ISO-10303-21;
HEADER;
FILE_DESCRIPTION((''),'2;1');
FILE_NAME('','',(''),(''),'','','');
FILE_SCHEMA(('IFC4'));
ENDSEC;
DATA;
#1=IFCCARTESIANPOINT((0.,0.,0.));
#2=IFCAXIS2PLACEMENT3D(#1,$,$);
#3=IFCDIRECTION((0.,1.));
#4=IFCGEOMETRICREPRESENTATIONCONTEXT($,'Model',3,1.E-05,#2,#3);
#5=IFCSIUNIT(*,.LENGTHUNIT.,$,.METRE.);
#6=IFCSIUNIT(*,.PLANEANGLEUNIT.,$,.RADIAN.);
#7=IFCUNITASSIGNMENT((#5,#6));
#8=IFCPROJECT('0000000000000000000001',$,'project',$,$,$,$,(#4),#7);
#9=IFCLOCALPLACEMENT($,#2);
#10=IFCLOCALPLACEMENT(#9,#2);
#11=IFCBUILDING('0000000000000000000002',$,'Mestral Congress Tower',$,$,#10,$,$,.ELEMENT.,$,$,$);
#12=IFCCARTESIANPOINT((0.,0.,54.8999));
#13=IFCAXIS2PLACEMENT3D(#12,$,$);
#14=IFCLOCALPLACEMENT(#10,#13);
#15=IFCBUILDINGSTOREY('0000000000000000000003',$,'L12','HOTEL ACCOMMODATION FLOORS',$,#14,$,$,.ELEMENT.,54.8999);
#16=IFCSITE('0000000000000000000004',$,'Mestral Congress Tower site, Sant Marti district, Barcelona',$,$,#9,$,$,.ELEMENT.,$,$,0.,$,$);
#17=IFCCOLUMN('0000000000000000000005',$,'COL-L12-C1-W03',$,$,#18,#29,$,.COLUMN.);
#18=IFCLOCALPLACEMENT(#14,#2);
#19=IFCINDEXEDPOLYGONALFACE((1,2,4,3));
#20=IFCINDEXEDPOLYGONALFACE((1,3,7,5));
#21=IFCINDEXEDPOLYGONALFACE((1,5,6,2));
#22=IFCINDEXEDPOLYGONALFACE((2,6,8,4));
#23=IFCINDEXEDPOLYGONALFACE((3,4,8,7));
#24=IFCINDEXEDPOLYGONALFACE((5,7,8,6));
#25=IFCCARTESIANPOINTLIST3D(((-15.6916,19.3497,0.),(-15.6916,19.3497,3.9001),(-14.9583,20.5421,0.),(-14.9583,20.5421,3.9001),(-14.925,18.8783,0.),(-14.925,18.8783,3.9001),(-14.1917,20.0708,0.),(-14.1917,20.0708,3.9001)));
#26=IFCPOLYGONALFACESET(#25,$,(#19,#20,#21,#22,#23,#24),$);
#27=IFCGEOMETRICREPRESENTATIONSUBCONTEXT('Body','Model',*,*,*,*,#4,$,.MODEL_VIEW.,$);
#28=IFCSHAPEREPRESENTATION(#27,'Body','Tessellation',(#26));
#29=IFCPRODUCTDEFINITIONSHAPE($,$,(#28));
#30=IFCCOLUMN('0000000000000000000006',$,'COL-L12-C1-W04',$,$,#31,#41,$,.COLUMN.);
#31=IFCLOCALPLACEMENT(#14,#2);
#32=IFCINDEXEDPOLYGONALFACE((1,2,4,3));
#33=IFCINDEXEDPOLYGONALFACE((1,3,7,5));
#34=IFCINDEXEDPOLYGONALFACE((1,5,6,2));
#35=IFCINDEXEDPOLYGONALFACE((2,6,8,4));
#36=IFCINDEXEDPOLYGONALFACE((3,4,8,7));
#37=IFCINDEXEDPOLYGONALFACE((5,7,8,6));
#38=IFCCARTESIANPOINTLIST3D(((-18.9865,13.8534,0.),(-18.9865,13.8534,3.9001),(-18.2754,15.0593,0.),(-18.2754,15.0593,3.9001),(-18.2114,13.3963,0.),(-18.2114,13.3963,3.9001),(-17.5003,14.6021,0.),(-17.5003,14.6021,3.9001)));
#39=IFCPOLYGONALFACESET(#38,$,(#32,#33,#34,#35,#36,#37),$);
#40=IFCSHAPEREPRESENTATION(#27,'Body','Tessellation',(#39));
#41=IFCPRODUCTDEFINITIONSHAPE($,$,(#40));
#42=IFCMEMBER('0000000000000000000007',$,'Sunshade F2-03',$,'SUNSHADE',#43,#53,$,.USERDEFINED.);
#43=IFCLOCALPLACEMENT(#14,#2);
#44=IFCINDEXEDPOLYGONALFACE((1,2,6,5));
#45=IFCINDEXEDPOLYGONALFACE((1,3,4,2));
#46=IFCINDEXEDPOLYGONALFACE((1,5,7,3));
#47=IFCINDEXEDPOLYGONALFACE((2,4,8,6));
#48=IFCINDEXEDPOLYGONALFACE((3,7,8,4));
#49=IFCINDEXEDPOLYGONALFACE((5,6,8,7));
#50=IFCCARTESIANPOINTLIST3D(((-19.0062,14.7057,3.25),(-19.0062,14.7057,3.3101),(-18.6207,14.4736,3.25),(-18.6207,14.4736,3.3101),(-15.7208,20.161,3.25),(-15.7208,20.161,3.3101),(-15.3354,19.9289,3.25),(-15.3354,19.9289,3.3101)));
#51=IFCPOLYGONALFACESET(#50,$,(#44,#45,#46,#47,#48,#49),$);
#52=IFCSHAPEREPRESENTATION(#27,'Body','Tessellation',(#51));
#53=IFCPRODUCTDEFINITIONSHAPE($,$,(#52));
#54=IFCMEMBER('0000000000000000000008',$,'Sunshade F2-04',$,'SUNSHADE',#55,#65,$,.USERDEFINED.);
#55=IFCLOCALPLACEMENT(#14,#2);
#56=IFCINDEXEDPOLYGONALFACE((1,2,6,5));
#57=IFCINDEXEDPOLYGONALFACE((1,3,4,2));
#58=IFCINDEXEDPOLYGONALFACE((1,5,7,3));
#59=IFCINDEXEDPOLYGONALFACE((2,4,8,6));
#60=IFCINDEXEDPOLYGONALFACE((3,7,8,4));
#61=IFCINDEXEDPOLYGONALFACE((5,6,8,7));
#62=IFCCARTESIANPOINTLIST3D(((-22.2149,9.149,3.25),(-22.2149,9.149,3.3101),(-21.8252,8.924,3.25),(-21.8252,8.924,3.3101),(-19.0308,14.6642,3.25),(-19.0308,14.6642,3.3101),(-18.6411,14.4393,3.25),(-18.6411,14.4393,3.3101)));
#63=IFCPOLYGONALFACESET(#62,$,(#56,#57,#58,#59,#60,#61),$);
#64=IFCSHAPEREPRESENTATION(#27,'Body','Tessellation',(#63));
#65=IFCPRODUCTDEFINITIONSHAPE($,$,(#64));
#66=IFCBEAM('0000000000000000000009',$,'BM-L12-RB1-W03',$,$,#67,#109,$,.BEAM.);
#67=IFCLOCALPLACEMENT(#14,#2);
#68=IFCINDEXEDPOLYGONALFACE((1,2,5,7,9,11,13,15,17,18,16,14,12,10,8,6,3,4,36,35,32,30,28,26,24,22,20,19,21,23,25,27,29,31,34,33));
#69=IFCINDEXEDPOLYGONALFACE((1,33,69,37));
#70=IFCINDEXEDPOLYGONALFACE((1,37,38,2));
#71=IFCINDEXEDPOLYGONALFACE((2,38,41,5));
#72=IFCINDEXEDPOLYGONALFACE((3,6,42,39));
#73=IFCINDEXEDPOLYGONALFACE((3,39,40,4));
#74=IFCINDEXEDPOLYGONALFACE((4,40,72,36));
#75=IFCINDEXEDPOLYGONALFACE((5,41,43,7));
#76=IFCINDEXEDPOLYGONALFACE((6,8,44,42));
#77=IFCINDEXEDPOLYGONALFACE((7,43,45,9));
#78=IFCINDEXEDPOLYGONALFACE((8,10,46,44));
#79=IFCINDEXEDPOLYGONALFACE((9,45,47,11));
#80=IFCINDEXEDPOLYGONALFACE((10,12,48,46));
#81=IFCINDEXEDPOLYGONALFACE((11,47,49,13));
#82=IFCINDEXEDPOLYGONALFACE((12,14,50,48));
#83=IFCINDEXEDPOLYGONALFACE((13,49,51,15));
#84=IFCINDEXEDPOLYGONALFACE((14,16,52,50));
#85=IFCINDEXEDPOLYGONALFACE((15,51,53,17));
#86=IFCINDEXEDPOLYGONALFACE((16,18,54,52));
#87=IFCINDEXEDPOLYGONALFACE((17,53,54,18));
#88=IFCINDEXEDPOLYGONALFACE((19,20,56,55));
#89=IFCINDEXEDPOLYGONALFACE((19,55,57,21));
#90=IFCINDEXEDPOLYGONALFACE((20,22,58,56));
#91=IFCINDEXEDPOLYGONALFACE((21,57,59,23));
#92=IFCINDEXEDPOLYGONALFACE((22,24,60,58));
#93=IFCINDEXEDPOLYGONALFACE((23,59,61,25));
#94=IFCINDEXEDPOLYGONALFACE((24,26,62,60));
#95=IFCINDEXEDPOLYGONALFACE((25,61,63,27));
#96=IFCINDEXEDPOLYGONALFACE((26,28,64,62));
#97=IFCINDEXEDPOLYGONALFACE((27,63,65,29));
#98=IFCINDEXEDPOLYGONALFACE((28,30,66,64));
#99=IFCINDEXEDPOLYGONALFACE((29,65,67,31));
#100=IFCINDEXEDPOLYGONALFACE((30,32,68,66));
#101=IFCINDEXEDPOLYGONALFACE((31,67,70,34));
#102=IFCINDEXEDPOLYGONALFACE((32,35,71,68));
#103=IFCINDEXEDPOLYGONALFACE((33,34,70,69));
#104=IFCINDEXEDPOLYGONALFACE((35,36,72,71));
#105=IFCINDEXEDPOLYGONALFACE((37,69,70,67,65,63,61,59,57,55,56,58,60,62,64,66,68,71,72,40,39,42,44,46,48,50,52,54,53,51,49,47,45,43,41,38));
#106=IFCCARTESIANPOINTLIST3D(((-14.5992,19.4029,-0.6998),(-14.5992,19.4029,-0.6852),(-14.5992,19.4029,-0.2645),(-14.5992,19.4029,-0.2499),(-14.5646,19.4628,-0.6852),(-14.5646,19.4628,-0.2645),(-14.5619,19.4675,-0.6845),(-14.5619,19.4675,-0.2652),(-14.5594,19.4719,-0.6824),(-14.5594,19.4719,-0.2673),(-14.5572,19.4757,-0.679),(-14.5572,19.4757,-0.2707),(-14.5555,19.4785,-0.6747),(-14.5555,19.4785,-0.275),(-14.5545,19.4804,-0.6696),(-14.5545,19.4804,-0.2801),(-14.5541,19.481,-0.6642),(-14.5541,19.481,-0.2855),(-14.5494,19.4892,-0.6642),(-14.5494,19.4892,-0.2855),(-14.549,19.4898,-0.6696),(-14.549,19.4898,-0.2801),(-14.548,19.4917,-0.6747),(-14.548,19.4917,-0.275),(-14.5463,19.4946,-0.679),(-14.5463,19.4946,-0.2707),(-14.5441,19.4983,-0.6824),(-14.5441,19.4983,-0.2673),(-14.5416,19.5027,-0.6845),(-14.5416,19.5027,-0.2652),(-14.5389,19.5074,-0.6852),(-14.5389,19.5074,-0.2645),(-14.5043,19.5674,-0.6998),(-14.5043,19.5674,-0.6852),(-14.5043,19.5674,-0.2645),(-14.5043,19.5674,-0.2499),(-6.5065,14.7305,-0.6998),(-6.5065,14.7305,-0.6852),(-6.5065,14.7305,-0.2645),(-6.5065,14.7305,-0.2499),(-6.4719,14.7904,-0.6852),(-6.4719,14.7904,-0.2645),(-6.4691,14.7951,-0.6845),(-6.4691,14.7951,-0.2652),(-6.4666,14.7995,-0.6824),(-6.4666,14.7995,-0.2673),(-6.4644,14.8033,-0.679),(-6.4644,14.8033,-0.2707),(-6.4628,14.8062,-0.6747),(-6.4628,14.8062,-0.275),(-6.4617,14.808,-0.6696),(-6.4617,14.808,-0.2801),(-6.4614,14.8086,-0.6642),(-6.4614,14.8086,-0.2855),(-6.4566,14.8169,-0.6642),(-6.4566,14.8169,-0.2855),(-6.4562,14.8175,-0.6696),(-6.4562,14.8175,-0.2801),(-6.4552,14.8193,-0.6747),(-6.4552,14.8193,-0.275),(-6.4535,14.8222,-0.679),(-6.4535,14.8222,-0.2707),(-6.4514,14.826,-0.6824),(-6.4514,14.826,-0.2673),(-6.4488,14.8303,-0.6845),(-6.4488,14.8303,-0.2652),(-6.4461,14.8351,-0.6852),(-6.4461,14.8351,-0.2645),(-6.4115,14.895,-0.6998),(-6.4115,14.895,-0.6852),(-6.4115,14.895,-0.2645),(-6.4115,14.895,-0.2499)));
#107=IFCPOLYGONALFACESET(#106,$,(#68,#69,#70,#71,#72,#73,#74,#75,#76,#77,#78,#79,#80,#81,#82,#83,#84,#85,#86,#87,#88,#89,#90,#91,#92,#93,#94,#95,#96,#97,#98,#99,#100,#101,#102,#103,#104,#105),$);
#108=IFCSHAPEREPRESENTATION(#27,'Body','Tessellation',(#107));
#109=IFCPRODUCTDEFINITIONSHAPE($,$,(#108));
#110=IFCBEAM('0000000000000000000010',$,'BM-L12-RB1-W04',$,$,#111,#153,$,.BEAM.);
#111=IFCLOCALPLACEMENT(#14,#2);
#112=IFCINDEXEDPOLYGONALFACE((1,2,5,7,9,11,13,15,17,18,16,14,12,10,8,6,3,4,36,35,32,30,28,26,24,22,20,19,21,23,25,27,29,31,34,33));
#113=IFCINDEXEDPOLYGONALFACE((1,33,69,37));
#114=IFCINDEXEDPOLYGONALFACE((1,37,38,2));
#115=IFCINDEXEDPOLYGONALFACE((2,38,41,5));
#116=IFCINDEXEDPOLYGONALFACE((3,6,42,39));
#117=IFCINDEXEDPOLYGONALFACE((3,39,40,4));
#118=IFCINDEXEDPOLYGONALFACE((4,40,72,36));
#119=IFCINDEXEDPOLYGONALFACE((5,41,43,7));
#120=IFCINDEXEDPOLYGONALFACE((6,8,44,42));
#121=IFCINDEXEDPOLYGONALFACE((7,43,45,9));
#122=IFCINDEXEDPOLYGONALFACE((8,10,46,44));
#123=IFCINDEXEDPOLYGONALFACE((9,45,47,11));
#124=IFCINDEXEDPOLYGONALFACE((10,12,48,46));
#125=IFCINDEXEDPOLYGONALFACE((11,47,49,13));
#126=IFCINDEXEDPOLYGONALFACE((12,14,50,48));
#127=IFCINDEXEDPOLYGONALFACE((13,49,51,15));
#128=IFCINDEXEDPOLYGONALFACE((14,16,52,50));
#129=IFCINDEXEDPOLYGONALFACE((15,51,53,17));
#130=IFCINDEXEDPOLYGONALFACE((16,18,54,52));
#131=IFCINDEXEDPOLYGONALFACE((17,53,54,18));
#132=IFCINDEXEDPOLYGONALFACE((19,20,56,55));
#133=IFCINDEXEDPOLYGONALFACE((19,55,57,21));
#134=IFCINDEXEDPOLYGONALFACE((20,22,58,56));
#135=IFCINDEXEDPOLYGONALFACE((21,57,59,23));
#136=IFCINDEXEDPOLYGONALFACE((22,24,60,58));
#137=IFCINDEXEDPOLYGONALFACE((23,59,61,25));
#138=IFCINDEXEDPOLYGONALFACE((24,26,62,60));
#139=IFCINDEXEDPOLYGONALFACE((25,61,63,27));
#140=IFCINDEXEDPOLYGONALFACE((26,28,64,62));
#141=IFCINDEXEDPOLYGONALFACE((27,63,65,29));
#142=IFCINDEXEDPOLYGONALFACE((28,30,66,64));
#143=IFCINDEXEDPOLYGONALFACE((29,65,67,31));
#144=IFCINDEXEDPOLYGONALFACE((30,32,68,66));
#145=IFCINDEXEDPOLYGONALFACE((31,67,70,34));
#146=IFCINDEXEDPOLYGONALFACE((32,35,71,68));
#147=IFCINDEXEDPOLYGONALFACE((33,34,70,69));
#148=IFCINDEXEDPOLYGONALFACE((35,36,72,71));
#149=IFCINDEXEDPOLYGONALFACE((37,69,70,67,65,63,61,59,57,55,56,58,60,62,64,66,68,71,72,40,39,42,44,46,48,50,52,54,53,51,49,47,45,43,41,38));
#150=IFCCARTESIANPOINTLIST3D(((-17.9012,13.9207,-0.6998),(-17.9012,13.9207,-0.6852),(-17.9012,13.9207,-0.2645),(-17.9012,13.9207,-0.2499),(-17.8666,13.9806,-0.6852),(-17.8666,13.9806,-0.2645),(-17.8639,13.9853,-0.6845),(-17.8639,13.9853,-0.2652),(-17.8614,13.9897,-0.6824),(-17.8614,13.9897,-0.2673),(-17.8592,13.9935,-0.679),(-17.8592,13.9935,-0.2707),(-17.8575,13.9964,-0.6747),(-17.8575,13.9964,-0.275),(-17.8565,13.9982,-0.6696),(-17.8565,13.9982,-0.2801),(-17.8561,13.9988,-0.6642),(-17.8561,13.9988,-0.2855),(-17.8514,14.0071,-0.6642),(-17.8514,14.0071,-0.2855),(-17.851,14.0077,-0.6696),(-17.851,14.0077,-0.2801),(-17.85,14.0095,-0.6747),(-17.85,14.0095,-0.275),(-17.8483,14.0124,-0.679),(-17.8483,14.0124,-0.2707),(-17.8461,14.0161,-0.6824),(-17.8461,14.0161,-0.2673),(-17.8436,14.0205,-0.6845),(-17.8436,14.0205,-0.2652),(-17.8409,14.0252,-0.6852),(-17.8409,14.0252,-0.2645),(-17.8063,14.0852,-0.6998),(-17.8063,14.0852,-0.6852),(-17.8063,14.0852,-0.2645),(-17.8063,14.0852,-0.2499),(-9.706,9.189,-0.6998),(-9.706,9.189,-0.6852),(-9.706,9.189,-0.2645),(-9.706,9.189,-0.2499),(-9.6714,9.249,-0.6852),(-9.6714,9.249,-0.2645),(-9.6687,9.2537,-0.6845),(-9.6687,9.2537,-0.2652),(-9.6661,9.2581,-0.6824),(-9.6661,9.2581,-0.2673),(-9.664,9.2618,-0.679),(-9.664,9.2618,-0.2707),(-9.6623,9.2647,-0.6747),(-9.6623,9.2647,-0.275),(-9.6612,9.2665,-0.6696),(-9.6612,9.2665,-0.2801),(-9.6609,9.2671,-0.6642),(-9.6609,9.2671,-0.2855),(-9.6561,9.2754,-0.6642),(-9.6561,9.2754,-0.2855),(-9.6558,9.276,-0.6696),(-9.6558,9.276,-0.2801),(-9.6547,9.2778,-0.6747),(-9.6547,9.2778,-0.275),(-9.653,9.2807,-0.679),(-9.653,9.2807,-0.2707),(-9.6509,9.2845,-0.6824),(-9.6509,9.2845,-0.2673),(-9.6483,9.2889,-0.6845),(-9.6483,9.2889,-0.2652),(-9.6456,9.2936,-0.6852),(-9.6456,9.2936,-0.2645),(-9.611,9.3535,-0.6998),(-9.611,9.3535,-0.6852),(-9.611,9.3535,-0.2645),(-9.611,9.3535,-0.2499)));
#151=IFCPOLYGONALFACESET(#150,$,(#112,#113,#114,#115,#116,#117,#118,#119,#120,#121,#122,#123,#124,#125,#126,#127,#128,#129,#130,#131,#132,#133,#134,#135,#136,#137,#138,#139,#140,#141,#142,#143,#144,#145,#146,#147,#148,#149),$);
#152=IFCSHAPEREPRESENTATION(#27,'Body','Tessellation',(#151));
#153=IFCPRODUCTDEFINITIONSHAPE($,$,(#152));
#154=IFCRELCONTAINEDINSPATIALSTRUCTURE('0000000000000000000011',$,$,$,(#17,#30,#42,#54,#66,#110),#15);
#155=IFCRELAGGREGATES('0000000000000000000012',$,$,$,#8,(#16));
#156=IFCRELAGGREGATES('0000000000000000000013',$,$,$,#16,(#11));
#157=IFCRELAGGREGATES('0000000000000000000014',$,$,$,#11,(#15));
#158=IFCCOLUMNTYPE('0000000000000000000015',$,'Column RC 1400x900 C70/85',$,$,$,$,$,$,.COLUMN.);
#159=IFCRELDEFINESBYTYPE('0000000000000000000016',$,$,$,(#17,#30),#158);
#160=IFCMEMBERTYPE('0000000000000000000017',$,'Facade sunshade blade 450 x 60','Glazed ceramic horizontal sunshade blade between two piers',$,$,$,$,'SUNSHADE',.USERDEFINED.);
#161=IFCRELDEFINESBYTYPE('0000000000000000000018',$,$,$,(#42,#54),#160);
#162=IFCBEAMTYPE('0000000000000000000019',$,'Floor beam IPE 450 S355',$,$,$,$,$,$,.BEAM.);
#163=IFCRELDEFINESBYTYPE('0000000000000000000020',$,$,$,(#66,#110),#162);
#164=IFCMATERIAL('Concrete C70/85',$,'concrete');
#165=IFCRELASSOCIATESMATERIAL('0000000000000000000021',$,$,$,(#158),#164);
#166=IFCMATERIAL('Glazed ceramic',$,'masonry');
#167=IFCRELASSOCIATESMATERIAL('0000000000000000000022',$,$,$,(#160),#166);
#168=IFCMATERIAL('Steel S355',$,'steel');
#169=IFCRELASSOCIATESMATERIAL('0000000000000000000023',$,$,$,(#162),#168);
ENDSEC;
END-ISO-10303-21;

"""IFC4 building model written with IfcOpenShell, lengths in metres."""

from ifc_helpers import new_model, si_unit, direction, frame, origin, origin_2d, place, context, subcontext, project, spatial, rectangle, i_section, extrude, material, material_profile, profile_set, type_object, element, save


model = new_model("IFC4")

# Units and contexts
model_context = context("Model", 3, precision=1e-05, world=origin(), true_north=direction((0.0, 1.0)))
body_context = subcontext(model_context, "Body", "Model", "MODEL_VIEW")
ifc_project = project(units=[si_unit("LENGTHUNIT", "METRE"), si_unit("PLANEANGLEUNIT", "RADIAN")], contexts=[model_context])

# Site, building, storey
site_placement = place(None, origin())
site = spatial("IfcSite", under=ifc_project, at=site_placement, Name="Mestral Congress Tower site, Sant Marti district, Barcelona", CompositionType="ELEMENT", RefElevation=0.0)
building_placement = place(site_placement, origin())
building = spatial("IfcBuilding", under=site, at=building_placement, Name="Mestral Congress Tower", CompositionType="ELEMENT")
storey_placement = place(building_placement, frame((0.0, 0.0, 54.8999)))
storey = spatial("IfcBuildingStorey", under=building, at=storey_placement, Name="L12", Description="HOTEL ACCOMMODATION FLOORS", CompositionType="ELEMENT", Elevation=54.8999)

# Columns
ifc_material_1 = material(Name="Concrete C70/85", Category="concrete")
ifc_material_profile_1 = material_profile(ifc_material_1, rectangle(XDim=1.3999, YDim=0.8999, at=origin_2d()), Name="RC 1400x900")
ifc_profile_set_1 = profile_set([ifc_material_profile_1], Name="Concrete C70/85")
column_type = type_object("IfcColumnType", Name="Column RC 1400x900 C70/85", PredefinedType="COLUMN", material=ifc_profile_set_1)
for number, where, z_axis, x_axis, name in (
    (1, (-14.9417, 19.7102, 0.0), (0.0, 0.0, 1.0), (-0.523819, -0.851829, 0.0), "COL-L12-C1-W03"),
    (2, (-18.2434, 14.2278, 0.0), (0.0, 0.0, 1.0), (-0.507983, -0.861367, 0.0), "COL-L12-C1-W04"),
):
    element("IfcColumn", number, at=place(storey_placement, frame(where, z_axis=z_axis, x_axis=x_axis)), inside=storey, type_object=column_type, Name=name, PredefinedType="COLUMN", context=body_context, shape_type="SweptSolid", body=[
        extrude(rectangle(XDim=1.3999, YDim=0.8999, at=origin_2d()), origin(), (0.0, 0.0, 1.0), 3.9001),
    ])

# Members
ifc_material_2 = material(Name="Glazed ceramic", Category="masonry")
ifc_material_profile_2 = material_profile(ifc_material_2, rectangle(XDim=0.45, YDim=0.0601, at=origin_2d()), Name="Ceramic blade 450 x 60")
ifc_profile_set_2 = profile_set([ifc_material_profile_2], Name="Glazed ceramic")
member_type = type_object("IfcMemberType", Name="Facade sunshade blade 450 x 60", Description="Glazed ceramic horizontal sunshade blade between two piers", ElementType="SUNSHADE", PredefinedType="USERDEFINED", material=ifc_profile_set_2)
member_1_placement = place(storey_placement, frame((-15.5281, 20.0449, 3.28), z_axis=(-0.515905, -0.856646, 0.0), x_axis=(0.856646, -0.515905, 0.0)))
element("IfcMember", 3, at=member_1_placement, inside=storey, type_object=member_type, Name="Sunshade F2-03", ObjectType="SUNSHADE", PredefinedType="USERDEFINED", context=body_context, shape_type="SweptSolid", body=[
    extrude(rectangle(XDim=0.45, YDim=0.0601, at=origin_2d()), origin(), (0.0, 0.0, 1.0), 6.3682),
])
member_2_placement = place(storey_placement, frame((-18.8359, 14.5518, 3.28), z_axis=(-0.49999, -0.866031, 0.0), x_axis=(0.866031, -0.49999, 0.0)))
element("IfcMember", 4, at=member_2_placement, inside=storey, type_object=member_type, Name="Sunshade F2-04", ObjectType="SUNSHADE", PredefinedType="USERDEFINED", context=body_context, shape_type="SweptSolid", body=[
    extrude(rectangle(XDim=0.45, YDim=0.0601, at=origin_2d()), origin(), (0.0, 0.0, 1.0), 6.3684),
])

# Beams
ifc_material_3 = material(Name="Steel S355", Category="steel")
ifc_material_profile_3 = material_profile(ifc_material_3, i_section(OverallWidth=0.1899, OverallDepth=0.45, WebThickness=0.0095, FlangeThickness=0.0146, FilletRadius=0.021, at=origin_2d()), Name="IPE 450")
ifc_profile_set_3 = profile_set([ifc_material_profile_3], Name="Steel S355")
beam_type_1 = type_object("IfcBeamType", Name="Floor beam IPE 450 S355", PredefinedType="BEAM", material=ifc_profile_set_3)
beam_1_placement = place(storey_placement, frame((-14.5518, 19.4851, -0.4749), z_axis=(0.866025, -0.5, 0.0), x_axis=(0.5, 0.866025, 0.0)))
element("IfcBeam", 5, at=beam_1_placement, inside=storey, type_object=beam_type_1, Name="BM-L12-RB1-W03", PredefinedType="BEAM", context=body_context, shape_type="SweptSolid", body=[
    extrude(i_section(OverallWidth=0.1899, OverallDepth=0.45, WebThickness=0.0095, FlangeThickness=0.0146, FilletRadius=0.021, at=origin_2d()), origin(), (0.0, 0.0, 1.0), 9.3447),
])
beam_2_placement = place(storey_placement, frame((-17.8538, 14.0029, -0.4749), z_axis=(0.86602, -0.50001, 0.0), x_axis=(0.50001, 0.86602, 0.0)))
element("IfcBeam", 6, at=beam_2_placement, inside=storey, type_object=beam_type_1, Name="BM-L12-RB1-W04", PredefinedType="BEAM", context=body_context, shape_type="SweptSolid", body=[
    extrude(i_section(OverallWidth=0.1899, OverallDepth=0.45, WebThickness=0.0095, FlangeThickness=0.0146, FilletRadius=0.021, at=origin_2d()), origin(), (0.0, 0.0, 1.0), 9.4631),
])

save(model, "model.ifc")
